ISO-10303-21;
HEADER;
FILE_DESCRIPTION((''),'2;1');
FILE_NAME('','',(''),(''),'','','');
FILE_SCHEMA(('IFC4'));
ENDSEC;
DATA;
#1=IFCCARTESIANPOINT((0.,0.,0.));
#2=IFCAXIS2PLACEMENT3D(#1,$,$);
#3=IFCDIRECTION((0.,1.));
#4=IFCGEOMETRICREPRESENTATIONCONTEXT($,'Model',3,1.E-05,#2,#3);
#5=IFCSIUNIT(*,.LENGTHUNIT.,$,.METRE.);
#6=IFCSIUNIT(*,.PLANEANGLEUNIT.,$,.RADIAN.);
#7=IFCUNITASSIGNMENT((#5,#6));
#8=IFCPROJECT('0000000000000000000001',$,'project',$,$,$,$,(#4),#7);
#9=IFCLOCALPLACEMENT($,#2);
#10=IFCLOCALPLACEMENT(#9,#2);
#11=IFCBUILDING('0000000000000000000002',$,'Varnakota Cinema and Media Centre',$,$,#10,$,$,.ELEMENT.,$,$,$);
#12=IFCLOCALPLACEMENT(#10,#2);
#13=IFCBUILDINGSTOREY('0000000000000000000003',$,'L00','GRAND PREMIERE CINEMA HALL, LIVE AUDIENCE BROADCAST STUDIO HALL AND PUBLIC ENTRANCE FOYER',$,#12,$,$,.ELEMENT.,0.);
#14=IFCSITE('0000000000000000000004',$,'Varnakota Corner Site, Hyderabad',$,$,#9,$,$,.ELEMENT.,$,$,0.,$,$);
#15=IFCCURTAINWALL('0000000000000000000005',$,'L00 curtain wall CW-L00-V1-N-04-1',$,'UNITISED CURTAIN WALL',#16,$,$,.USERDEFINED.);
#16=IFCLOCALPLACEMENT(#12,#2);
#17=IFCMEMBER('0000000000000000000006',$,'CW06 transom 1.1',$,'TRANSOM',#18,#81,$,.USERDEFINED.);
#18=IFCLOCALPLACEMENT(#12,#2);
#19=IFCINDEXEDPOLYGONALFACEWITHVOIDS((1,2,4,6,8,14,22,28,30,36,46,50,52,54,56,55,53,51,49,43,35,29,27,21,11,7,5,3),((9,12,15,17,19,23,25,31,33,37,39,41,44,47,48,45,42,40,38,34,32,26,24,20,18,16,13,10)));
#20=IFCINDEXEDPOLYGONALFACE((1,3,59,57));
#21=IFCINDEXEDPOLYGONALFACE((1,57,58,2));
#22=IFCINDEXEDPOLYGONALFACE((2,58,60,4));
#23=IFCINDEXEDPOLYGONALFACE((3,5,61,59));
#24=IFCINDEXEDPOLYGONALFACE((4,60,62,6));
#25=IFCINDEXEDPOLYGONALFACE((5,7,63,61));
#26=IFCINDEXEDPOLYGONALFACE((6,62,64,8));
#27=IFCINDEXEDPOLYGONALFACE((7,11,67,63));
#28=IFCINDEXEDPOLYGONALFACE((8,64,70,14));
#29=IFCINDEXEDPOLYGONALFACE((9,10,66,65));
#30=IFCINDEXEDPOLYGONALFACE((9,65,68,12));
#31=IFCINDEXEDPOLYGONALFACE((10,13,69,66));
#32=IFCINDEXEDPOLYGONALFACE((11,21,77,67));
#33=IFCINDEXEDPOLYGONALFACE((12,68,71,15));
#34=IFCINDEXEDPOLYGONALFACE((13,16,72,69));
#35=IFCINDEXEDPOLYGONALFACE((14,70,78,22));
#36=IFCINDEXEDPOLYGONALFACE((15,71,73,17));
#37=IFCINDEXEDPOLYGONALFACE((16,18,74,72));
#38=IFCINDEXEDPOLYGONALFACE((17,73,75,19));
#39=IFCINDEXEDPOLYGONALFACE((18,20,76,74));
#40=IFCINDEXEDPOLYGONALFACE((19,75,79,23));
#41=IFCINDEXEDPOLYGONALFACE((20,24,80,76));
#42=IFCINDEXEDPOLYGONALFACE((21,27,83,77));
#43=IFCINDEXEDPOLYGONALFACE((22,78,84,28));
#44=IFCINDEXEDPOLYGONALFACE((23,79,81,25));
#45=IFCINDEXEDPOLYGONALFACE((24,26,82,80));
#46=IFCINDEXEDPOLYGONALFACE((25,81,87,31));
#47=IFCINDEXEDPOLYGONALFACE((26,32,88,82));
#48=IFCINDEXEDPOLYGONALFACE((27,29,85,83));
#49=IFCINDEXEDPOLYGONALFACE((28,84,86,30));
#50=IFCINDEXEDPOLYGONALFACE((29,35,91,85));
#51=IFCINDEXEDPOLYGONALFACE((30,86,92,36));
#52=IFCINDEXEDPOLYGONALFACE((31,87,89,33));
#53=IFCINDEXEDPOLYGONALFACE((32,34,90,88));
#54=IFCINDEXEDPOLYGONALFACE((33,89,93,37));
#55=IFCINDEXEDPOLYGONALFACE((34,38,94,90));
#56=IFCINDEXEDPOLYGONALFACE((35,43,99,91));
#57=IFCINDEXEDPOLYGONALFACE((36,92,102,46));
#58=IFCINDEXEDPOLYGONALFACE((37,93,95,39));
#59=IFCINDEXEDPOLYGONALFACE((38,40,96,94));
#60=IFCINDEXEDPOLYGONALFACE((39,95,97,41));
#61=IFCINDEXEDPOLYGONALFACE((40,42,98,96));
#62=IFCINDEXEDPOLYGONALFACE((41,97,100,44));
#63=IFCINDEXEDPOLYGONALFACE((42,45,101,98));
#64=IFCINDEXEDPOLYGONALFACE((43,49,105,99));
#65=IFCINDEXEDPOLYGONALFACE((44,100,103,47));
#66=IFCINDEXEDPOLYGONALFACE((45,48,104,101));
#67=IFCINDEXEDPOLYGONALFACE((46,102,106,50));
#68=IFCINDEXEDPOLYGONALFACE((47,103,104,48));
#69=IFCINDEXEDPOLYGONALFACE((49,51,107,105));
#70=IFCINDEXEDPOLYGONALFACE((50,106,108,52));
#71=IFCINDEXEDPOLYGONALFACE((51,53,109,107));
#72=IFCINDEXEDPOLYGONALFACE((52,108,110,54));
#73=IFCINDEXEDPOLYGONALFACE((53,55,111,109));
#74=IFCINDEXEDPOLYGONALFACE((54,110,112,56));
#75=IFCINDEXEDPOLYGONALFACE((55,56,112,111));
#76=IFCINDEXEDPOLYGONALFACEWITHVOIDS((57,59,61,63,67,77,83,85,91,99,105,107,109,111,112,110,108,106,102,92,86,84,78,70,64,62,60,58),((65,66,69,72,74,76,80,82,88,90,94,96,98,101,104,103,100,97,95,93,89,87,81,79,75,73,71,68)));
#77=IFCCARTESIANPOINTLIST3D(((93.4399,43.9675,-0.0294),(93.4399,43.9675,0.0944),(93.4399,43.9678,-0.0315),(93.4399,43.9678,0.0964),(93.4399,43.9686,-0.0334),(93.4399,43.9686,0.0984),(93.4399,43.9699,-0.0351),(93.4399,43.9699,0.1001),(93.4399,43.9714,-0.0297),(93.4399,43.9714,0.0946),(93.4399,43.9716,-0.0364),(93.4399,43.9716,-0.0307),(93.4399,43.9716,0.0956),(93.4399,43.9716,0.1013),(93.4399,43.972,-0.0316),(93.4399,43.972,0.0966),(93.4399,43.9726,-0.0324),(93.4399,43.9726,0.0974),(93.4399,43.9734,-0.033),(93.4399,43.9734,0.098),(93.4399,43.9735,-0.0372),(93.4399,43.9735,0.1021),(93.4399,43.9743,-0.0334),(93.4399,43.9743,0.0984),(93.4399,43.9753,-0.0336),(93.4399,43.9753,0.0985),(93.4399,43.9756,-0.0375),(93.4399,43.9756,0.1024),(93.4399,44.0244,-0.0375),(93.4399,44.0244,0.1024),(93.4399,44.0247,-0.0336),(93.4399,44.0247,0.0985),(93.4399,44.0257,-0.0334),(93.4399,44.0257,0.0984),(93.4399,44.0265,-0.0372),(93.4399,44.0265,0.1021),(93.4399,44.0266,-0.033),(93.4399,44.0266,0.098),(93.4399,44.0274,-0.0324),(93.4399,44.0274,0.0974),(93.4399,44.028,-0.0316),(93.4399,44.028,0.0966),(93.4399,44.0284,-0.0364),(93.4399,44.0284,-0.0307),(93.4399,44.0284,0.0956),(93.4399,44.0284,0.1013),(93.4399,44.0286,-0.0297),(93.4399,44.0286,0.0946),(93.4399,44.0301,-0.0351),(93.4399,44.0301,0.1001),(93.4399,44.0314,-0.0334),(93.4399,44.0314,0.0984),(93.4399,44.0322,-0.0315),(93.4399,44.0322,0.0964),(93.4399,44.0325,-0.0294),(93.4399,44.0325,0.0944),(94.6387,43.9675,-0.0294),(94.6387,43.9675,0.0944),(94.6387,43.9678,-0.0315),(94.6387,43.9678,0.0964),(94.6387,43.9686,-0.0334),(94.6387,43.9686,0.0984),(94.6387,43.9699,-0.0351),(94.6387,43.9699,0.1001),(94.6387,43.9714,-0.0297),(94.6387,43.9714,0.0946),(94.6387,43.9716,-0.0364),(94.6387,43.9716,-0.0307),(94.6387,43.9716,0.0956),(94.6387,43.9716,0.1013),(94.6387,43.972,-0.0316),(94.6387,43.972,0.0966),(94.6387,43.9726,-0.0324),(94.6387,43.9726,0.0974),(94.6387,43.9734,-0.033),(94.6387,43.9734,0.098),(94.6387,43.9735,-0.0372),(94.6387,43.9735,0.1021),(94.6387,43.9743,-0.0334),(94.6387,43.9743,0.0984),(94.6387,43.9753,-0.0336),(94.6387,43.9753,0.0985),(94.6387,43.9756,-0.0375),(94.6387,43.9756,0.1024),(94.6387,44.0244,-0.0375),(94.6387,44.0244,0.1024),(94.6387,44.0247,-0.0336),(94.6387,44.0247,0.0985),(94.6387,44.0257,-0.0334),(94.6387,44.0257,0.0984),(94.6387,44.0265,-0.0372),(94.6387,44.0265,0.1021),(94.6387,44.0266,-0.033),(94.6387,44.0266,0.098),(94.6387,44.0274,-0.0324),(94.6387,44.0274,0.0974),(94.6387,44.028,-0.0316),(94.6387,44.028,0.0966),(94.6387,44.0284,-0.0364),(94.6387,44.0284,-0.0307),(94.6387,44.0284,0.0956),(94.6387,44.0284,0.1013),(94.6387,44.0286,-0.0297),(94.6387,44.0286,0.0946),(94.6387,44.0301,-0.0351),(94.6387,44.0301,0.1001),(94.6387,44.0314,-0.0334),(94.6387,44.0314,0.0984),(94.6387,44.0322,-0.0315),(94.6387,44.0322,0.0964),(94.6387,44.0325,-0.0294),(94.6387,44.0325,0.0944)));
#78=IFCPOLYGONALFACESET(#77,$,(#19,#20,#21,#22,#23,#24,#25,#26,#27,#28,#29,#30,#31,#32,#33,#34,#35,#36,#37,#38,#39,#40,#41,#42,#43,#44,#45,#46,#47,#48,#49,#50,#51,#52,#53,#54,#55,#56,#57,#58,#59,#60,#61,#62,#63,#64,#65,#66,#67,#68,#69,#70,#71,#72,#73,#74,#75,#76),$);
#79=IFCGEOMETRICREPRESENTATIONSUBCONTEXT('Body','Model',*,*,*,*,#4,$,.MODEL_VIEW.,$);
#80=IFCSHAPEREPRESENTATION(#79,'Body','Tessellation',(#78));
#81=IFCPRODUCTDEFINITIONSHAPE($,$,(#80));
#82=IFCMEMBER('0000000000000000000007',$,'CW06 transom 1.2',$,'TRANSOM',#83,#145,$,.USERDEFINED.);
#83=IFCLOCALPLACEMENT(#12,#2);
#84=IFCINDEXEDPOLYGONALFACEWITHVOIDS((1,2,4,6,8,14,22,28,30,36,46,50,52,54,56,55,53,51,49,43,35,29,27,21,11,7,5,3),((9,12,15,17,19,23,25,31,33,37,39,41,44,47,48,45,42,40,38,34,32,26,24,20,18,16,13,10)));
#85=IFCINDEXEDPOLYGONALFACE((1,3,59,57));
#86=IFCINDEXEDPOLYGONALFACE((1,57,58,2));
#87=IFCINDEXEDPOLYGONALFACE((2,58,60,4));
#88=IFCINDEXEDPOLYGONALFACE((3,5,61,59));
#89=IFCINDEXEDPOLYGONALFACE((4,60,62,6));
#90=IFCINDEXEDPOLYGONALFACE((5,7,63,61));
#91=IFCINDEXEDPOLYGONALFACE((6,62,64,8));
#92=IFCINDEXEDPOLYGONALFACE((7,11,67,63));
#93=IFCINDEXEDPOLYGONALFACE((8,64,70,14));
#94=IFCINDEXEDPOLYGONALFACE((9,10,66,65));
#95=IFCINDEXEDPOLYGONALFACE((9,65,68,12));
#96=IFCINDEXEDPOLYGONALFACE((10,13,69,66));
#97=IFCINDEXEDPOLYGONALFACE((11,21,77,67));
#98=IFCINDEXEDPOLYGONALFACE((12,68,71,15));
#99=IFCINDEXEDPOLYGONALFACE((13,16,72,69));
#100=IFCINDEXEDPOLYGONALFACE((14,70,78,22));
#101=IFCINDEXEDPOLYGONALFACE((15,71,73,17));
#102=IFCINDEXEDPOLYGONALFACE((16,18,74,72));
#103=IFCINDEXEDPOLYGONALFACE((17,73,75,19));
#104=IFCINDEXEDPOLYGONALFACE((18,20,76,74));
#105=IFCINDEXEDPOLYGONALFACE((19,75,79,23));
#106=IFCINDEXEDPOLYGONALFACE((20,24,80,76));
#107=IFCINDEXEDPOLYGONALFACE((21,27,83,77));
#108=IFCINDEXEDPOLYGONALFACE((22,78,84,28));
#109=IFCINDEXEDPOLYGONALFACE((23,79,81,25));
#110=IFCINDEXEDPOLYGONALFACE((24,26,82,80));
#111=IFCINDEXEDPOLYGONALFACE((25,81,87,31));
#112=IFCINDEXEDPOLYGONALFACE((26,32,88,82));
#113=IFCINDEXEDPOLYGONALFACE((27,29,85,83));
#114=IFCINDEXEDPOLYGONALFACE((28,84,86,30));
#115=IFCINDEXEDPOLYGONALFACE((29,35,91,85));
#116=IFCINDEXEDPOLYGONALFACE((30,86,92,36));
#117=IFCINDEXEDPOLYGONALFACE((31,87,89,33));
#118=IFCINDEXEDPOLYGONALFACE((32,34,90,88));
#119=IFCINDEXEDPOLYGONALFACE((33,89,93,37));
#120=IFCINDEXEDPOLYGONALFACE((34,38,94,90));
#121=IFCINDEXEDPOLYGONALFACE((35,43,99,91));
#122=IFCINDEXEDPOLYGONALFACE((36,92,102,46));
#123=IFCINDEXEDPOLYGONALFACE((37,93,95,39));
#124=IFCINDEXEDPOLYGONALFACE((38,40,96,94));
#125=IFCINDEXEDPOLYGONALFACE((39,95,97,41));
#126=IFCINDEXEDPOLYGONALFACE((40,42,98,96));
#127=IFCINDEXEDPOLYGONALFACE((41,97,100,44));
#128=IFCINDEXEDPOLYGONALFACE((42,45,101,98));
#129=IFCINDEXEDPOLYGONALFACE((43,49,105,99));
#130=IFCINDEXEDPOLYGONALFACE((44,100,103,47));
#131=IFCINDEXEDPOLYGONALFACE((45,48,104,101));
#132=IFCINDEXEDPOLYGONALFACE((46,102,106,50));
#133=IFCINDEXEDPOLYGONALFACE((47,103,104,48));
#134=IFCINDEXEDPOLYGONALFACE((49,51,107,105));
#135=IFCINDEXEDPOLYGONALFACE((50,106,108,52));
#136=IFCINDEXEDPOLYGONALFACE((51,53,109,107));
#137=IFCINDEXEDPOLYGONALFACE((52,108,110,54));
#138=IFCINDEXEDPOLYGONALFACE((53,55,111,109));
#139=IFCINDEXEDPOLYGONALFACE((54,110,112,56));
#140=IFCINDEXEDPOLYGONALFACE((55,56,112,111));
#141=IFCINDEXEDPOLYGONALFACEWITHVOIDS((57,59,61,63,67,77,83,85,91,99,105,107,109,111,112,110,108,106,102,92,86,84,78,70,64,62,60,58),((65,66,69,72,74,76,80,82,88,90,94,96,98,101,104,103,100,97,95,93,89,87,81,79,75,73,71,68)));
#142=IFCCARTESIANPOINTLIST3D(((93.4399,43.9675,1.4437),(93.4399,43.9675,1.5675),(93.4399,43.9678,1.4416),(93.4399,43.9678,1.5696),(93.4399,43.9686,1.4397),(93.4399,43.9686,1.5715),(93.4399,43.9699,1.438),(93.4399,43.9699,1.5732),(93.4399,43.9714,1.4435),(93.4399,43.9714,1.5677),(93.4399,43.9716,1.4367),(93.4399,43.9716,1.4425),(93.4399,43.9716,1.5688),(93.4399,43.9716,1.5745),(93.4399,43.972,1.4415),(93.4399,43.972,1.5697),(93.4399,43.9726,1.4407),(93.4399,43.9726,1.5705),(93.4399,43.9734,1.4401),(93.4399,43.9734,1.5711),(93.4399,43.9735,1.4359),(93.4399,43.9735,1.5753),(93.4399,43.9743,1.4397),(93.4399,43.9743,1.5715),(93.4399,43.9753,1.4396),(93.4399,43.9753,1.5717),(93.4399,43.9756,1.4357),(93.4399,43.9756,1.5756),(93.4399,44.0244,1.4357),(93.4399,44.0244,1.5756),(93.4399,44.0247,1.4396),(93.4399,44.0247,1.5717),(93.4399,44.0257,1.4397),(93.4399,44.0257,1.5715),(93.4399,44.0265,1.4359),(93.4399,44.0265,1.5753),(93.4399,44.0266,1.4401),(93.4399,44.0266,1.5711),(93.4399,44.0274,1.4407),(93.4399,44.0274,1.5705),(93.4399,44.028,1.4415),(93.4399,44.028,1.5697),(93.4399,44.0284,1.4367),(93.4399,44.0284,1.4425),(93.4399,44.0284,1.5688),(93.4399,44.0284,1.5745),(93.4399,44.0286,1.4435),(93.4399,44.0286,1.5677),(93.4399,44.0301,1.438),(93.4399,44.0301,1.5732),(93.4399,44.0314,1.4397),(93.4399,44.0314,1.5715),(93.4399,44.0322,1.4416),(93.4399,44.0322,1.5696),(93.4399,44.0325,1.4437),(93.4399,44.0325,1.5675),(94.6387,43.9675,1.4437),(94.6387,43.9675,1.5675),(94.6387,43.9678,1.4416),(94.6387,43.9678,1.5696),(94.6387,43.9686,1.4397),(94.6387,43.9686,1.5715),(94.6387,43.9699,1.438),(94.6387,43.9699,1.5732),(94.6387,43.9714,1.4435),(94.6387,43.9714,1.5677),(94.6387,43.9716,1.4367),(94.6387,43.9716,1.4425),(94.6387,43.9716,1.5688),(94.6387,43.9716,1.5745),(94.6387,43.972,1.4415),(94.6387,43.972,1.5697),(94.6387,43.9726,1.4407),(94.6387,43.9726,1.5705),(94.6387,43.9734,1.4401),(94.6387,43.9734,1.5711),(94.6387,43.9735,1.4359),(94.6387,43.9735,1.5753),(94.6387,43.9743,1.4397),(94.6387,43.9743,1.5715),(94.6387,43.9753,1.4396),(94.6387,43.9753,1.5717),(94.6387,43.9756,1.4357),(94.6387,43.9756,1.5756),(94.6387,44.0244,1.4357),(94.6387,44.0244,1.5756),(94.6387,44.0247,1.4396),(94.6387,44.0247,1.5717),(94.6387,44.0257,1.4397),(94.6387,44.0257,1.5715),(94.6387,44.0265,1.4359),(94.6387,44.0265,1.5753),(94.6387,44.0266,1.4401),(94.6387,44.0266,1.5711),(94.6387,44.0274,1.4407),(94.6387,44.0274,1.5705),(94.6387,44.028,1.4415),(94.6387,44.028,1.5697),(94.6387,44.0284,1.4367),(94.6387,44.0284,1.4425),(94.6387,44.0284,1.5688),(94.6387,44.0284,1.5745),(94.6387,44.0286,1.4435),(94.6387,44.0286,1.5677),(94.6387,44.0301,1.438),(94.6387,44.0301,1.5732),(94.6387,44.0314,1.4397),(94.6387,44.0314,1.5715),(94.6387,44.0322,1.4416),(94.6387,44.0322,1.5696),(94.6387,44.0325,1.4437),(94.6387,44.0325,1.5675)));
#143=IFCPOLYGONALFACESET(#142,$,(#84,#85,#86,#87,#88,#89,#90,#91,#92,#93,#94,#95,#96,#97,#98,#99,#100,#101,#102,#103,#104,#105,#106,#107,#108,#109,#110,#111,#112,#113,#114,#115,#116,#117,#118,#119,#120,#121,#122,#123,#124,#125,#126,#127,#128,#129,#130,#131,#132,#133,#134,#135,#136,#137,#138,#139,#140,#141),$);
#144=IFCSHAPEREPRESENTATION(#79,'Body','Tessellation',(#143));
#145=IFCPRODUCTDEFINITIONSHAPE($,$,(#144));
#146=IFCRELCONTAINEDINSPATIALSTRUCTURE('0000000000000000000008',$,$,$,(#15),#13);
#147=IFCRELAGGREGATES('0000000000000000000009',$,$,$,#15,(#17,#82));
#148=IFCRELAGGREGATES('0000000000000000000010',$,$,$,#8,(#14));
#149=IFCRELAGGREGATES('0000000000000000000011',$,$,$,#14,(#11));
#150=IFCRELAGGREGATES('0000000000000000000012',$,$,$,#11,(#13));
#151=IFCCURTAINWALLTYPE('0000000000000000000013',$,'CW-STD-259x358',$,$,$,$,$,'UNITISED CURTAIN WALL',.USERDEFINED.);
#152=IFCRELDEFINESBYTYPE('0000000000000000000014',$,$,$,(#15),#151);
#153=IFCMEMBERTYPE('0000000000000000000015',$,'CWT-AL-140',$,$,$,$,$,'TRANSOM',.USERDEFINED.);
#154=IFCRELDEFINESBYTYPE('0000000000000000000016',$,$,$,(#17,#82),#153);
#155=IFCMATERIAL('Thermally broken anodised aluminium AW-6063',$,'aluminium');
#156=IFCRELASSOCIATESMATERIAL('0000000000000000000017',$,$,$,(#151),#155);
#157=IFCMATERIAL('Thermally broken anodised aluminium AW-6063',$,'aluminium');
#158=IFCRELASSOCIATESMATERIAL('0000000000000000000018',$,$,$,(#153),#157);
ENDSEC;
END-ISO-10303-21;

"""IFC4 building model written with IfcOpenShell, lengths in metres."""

from ifc_helpers import new_model, si_unit, direction, frame, origin, origin_2d, place, context, subcontext, project, spatial, hollow_rectangle, extrude, material, material_profile, profile_set, type_object, element, aggregate, save


model = new_model("IFC4")

# Units and contexts
model_context = context("Model", 3, precision=1e-05, world=origin(), true_north=direction((0.0, 1.0)))
body_context = subcontext(model_context, "Body", "Model", "MODEL_VIEW")
ifc_project = project(units=[si_unit("LENGTHUNIT", "METRE"), si_unit("PLANEANGLEUNIT", "RADIAN")], contexts=[model_context])

# Site, building, storey
site_placement = place(None, origin())
site = spatial("IfcSite", under=ifc_project, at=site_placement, Name="Varnakota Corner Site, Hyderabad", CompositionType="ELEMENT", RefElevation=0.0)
building_placement = place(site_placement, origin())
building = spatial("IfcBuilding", under=site, at=building_placement, Name="Varnakota Cinema and Media Centre", CompositionType="ELEMENT")
storey_placement = place(building_placement, origin())
storey = spatial("IfcBuildingStorey", under=building, at=storey_placement, Name="L00", Description="GRAND PREMIERE CINEMA HALL, LIVE AUDIENCE BROADCAST STUDIO HALL AND PUBLIC ENTRANCE FOYER", CompositionType="ELEMENT", Elevation=0.0)

# Curtain wall
ifc_material_1 = material(Name="Thermally broken anodised aluminium AW-6063", Category="aluminium")
curtain_wall_type = type_object("IfcCurtainWallType", Name="CW-STD-259x358", ElementType="UNITISED CURTAIN WALL", PredefinedType="USERDEFINED", material=ifc_material_1)
curtain_wall_1_placement = place(storey_placement, origin())
curtain_wall_1 = element("IfcCurtainWall", 1, at=curtain_wall_1_placement, inside=storey, type_object=curtain_wall_type, Name="L00 curtain wall CW-L00-V1-N-04-1", ObjectType="UNITISED CURTAIN WALL", PredefinedType="USERDEFINED")

# Members
ifc_material_2 = material(Name="Thermally broken anodised aluminium AW-6063", Category="aluminium")
ifc_material_profile_1 = material_profile(ifc_material_2, hollow_rectangle(XDim=0.0649, YDim=0.1399, WallThickness=0.0039, InnerFilletRadius=0.0039, OuterFilletRadius=0.0081, at=origin_2d()), Name="AL-TRANSOM 140x65x4")
ifc_profile_set_1 = profile_set([ifc_material_profile_1], Name="Thermally broken anodised aluminium AW-6063")
member_type_1 = type_object("IfcMemberType", Name="CWT-AL-140", ElementType="TRANSOM", PredefinedType="USERDEFINED", material=ifc_profile_set_1)
member_1_placement = place(storey_placement, frame((93.4399, 44.0, 0.0325), z_axis=(1.0, 0.0, 0.0), x_axis=(0.0, 1.0, 0.0)))
member_1 = element("IfcMember", 2, at=member_1_placement, type_object=member_type_1, Name="CW06 transom 1.1", ObjectType="TRANSOM", PredefinedType="USERDEFINED", context=body_context, shape_type="SweptSolid", body=[
    extrude(hollow_rectangle(XDim=0.0649, YDim=0.1399, WallThickness=0.0039, InnerFilletRadius=0.0039, OuterFilletRadius=0.0081, at=origin_2d()), origin(), (0.0, 0.0, 1.0), 1.1987),
])
member_2_placement = place(storey_placement, frame((93.4399, 44.0, 1.5056), z_axis=(1.0, 0.0, 0.0), x_axis=(0.0, 1.0, 0.0)))
member_2 = element("IfcMember", 3, at=member_2_placement, type_object=member_type_1, Name="CW06 transom 1.2", ObjectType="TRANSOM", PredefinedType="USERDEFINED", context=body_context, shape_type="SweptSolid", body=[
    extrude(hollow_rectangle(XDim=0.0649, YDim=0.1399, WallThickness=0.0039, InnerFilletRadius=0.0039, OuterFilletRadius=0.0081, at=origin_2d()), origin(), (0.0, 0.0, 1.0), 1.1987),
])

aggregate(curtain_wall_1, [member_1, member_2])

save(model, "model.ifc")
